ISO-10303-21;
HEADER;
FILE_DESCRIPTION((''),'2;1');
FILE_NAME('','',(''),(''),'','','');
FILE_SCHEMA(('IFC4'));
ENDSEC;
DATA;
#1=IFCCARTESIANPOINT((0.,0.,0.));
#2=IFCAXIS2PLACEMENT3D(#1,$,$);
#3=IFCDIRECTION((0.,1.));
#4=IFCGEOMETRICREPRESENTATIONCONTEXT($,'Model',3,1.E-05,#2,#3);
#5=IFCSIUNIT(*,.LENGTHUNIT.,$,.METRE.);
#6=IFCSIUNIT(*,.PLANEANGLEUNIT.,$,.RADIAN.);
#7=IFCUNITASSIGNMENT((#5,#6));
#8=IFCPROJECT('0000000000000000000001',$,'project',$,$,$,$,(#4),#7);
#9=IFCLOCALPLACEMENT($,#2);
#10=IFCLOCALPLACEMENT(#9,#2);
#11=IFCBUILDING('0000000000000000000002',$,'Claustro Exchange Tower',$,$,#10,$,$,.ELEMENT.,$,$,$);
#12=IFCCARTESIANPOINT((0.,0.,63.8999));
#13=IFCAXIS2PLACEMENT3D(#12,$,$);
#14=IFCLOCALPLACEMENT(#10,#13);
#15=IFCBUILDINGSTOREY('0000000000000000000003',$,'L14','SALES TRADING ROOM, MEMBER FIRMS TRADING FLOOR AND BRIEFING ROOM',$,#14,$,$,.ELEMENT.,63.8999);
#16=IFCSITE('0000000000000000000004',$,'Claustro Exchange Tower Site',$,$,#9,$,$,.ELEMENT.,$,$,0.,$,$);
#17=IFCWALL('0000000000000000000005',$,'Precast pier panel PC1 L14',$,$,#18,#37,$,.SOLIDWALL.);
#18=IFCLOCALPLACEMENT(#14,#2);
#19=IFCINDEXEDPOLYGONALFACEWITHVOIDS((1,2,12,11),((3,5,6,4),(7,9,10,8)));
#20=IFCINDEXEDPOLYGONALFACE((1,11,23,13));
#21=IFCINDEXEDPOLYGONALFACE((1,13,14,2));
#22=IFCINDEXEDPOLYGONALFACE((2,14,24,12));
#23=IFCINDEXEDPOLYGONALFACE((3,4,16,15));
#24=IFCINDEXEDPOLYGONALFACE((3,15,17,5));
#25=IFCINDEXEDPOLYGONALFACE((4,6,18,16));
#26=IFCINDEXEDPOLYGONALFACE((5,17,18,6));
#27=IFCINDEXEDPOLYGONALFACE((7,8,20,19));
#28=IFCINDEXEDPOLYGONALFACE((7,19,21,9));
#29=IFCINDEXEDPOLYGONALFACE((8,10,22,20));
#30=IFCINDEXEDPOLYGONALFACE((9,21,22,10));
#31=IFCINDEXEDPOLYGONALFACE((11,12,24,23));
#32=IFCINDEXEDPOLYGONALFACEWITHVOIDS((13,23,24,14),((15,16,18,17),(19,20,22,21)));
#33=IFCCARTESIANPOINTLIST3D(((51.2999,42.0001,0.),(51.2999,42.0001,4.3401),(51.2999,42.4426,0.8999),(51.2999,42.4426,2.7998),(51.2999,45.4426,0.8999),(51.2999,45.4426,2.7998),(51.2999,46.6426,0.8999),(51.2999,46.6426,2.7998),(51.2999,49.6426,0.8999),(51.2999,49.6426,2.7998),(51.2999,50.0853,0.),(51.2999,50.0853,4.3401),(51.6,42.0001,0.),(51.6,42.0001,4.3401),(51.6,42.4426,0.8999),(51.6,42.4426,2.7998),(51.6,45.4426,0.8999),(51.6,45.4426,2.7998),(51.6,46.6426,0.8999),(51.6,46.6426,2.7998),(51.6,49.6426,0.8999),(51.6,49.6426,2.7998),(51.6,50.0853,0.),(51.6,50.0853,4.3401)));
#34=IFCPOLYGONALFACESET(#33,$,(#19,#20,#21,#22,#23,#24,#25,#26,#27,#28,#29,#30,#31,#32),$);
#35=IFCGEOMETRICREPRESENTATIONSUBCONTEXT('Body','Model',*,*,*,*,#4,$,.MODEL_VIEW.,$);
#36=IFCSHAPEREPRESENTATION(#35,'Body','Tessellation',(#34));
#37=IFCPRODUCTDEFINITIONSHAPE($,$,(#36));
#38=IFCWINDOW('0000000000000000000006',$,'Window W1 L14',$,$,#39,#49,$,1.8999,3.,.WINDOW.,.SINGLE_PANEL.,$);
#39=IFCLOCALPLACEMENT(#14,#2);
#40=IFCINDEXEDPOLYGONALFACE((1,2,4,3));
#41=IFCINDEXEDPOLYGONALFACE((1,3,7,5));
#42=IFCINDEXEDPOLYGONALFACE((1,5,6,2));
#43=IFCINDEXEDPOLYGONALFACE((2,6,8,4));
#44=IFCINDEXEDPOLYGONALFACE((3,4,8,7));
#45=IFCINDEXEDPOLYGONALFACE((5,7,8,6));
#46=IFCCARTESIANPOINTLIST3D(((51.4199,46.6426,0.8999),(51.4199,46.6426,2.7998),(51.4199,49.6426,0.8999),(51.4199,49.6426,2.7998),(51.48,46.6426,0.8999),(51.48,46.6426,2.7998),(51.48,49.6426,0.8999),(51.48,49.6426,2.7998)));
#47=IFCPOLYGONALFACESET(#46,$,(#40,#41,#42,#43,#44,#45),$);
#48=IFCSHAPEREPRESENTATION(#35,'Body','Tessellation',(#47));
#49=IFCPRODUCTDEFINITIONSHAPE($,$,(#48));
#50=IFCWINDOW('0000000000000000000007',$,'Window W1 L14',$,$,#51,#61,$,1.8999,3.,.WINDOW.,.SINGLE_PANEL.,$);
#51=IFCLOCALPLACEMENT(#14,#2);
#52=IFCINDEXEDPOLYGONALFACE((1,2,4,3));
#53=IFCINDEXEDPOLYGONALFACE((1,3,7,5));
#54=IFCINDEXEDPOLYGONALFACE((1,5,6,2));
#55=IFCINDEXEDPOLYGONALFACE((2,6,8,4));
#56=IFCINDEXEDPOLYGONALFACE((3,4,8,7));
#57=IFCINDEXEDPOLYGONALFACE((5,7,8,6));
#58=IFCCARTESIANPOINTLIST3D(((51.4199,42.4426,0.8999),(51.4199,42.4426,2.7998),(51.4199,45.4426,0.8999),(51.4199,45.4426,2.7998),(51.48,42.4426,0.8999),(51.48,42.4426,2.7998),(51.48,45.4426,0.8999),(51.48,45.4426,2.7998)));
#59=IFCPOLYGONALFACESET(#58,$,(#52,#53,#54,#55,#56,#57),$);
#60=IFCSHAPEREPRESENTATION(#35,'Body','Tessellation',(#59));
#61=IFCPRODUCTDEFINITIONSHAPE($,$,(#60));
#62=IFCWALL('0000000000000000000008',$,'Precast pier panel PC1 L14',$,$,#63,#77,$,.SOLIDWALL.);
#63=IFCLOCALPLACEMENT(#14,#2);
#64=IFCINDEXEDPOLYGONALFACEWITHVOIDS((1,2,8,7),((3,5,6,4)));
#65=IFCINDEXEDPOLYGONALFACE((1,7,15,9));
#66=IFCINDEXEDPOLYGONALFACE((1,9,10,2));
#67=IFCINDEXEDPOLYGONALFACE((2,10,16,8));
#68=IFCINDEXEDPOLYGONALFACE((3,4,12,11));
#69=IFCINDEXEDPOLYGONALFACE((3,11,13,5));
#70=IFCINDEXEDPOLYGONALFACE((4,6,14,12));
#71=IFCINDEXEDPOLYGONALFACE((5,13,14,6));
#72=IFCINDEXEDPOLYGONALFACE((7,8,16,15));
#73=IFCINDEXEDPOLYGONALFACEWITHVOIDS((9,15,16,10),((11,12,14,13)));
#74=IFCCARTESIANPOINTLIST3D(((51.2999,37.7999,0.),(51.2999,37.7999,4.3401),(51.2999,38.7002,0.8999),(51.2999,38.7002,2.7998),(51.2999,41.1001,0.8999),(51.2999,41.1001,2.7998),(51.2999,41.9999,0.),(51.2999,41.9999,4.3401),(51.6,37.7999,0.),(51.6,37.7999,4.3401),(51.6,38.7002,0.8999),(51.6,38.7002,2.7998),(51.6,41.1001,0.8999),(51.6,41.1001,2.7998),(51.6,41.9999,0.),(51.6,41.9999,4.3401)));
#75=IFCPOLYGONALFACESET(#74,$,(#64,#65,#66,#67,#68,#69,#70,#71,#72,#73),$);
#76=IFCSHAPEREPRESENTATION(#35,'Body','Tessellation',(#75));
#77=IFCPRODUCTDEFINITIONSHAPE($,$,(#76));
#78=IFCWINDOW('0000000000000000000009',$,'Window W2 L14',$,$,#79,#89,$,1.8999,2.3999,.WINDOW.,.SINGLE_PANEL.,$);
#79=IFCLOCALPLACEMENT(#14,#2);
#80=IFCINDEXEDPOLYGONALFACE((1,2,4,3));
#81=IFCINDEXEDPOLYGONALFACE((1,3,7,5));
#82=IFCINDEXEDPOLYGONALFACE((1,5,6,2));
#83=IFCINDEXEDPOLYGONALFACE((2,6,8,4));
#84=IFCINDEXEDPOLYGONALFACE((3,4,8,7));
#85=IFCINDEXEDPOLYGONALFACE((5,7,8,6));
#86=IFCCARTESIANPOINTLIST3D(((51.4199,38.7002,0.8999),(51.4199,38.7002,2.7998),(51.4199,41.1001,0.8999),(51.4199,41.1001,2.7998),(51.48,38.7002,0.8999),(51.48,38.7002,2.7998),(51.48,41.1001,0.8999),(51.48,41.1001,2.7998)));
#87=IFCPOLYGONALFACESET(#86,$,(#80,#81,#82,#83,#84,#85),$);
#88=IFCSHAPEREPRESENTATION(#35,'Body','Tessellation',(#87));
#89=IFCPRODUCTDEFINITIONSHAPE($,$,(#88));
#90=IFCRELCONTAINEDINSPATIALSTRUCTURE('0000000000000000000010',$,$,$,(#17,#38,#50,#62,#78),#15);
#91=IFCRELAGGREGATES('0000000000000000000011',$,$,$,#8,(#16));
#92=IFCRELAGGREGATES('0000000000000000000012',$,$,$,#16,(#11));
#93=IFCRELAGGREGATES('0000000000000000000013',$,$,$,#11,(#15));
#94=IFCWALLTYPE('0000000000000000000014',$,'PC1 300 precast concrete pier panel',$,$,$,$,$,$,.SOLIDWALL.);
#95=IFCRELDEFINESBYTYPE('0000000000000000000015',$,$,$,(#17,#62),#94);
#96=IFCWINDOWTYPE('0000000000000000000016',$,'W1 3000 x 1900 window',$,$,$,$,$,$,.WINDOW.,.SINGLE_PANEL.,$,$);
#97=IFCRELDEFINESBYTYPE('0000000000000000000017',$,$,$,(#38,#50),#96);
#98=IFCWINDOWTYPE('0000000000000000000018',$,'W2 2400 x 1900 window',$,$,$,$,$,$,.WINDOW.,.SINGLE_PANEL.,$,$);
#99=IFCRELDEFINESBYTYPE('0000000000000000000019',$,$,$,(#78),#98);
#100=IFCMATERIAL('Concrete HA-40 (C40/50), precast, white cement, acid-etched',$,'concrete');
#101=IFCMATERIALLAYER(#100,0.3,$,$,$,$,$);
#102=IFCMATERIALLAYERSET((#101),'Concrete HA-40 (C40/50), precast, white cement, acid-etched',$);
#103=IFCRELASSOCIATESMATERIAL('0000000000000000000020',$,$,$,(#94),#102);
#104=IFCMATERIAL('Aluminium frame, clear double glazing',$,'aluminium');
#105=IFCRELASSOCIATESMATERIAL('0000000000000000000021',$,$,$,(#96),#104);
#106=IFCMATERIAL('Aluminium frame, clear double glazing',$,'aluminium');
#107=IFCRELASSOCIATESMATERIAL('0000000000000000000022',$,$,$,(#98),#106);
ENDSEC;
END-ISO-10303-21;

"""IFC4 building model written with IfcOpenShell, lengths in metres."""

from ifc_helpers import new_model, si_unit, direction, frame, frame_2d, origin, place, context, subcontext, project, spatial, rectangle, extrude, material, layer, layer_set, type_object, element, fill, save


model = new_model("IFC4")

# Units and contexts
model_context = context("Model", 3, precision=1e-05, world=origin(), true_north=direction((0.0, 1.0)))
body_context = subcontext(model_context, "Body", "Model", "MODEL_VIEW")
ifc_project = project(units=[si_unit("LENGTHUNIT", "METRE"), si_unit("PLANEANGLEUNIT", "RADIAN")], contexts=[model_context])

# Site, building, storey
site_placement = place(None, origin())
site = spatial("IfcSite", under=ifc_project, at=site_placement, Name="Claustro Exchange Tower Site", CompositionType="ELEMENT", RefElevation=0.0)
building_placement = place(site_placement, origin())
building = spatial("IfcBuilding", under=site, at=building_placement, Name="Claustro Exchange Tower", CompositionType="ELEMENT")
storey_placement = place(building_placement, frame((0.0, 0.0, 63.8999)))
storey = spatial("IfcBuildingStorey", under=building, at=storey_placement, Name="L14", Description="SALES TRADING ROOM, MEMBER FIRMS TRADING FLOOR AND BRIEFING ROOM", CompositionType="ELEMENT", Elevation=63.8999)

# Shared definitions
ifc_material_1 = material(Name="Concrete HA-40 (C40/50), precast, white cement, acid-etched", Category="concrete")
ifc_layer_1 = layer(ifc_material_1, 0.3)
ifc_layer_set_1 = layer_set([ifc_layer_1], Name="Concrete HA-40 (C40/50), precast, white cement, acid-etched")
wall_type_1 = type_object("IfcWallType", Name="PC1 300 precast concrete pier panel", PredefinedType="SOLIDWALL", material=ifc_layer_set_1)
ifc_material_2 = material(Name="Aluminium frame, clear double glazing", Category="aluminium")
window_type_1 = type_object("IfcWindowType", Name="W1 3000 x 1900 window", PartitioningType="SINGLE_PANEL", PredefinedType="WINDOW", material=ifc_material_2)

# Wall, openings, windows
wall_1_placement = place(storey_placement, frame((51.45, 50.0852, 0.0), z_axis=(0.0, 0.0, 1.0), x_axis=(0.0, -1.0, 0.0)))
wall_1 = element("IfcWall", 1, at=wall_1_placement, inside=storey, type_object=wall_type_1, Name="Precast pier panel PC1 L14", PredefinedType="SOLIDWALL", context=body_context, shape_type="SweptSolid", body=[
    extrude(rectangle(XDim=8.0852, YDim=0.3, at=frame_2d((4.0425, 0.0))), origin(), (0.0, 0.0, 1.0), 4.3401),
])
opening_1_placement = place(wall_1_placement, frame((0.4426, 0.0, 0.8999)))
opening_1 = element("IfcOpeningElement", 2, at=opening_1_placement, cuts=wall_1, PredefinedType="OPENING", context=body_context, shape_type="SweptSolid", body=[
    extrude(rectangle(XDim=3.0, YDim=1.8999, at=frame_2d((1.5, 0.95))), frame((0.0, 0.1599, 0.0), z_axis=(0.0, -1.0, 0.0), x_axis=(1.0, 0.0, 0.0)), (0.0, 0.0, 1.0), 0.3201),
])
opening_2_placement = place(wall_1_placement, frame((4.6426, 0.0, 0.8999)))
opening_2 = element("IfcOpeningElement", 3, at=opening_2_placement, cuts=wall_1, PredefinedType="OPENING", context=body_context, shape_type="SweptSolid", body=[
    extrude(rectangle(XDim=3.0, YDim=1.8999, at=frame_2d((1.5, 0.95))), frame((0.0, 0.1599, 0.0), z_axis=(0.0, -1.0, 0.0), x_axis=(1.0, 0.0, 0.0)), (0.0, 0.0, 1.0), 0.3201),
])
window_1_placement = place(opening_1_placement, origin())
window_1 = element("IfcWindow", 4, at=window_1_placement, inside=storey, type_object=window_type_1, Name="Window W1 L14", OverallHeight=1.8999, OverallWidth=3.0, PartitioningType="SINGLE_PANEL", PredefinedType="WINDOW", context=body_context, shape_type="SweptSolid", body=[
    extrude(rectangle(XDim=3.0, YDim=1.8999, at=frame_2d((1.5, 0.95))), frame((0.0, 0.03, 0.0), z_axis=(0.0, -1.0, 0.0), x_axis=(1.0, 0.0, 0.0)), (0.0, 0.0, 1.0), 0.0601),
])
fill(opening_1, window_1)
window_2_placement = place(opening_2_placement, origin())
window_2 = element("IfcWindow", 5, at=window_2_placement, inside=storey, type_object=window_type_1, Name="Window W1 L14", OverallHeight=1.8999, OverallWidth=3.0, PartitioningType="SINGLE_PANEL", PredefinedType="WINDOW", context=body_context, shape_type="SweptSolid", body=[
    extrude(rectangle(XDim=3.0, YDim=1.8999, at=frame_2d((1.5, 0.95))), frame((0.0, 0.03, 0.0), z_axis=(0.0, -1.0, 0.0), x_axis=(1.0, 0.0, 0.0)), (0.0, 0.0, 1.0), 0.0601),
])
fill(opening_2, window_2)

# Wall, opening, window
wall_2_placement = place(storey_placement, frame((51.45, 42.0, 0.0), z_axis=(0.0, 0.0, 1.0), x_axis=(0.0, -1.0, 0.0)))
wall_2 = element("IfcWall", 6, at=wall_2_placement, inside=storey, type_object=wall_type_1, Name="Precast pier panel PC1 L14", PredefinedType="SOLIDWALL", context=body_context, shape_type="SweptSolid", body=[
    extrude(rectangle(XDim=4.2, YDim=0.3, at=frame_2d((2.1001, 0.0))), origin(), (0.0, 0.0, 1.0), 4.3401),
])
opening_3_placement = place(wall_2_placement, frame((0.8999, 0.0, 0.8999)))
opening_3 = element("IfcOpeningElement", 7, at=opening_3_placement, cuts=wall_2, PredefinedType="OPENING", context=body_context, shape_type="SweptSolid", body=[
    extrude(rectangle(XDim=2.3999, YDim=1.8999, at=frame_2d((1.2, 0.95))), frame((0.0, 0.1599, 0.0), z_axis=(0.0, -1.0, 0.0), x_axis=(1.0, 0.0, 0.0)), (0.0, 0.0, 1.0), 0.3201),
])
ifc_material_3 = material(Name="Aluminium frame, clear double glazing", Category="aluminium")
window_type_2 = type_object("IfcWindowType", Name="W2 2400 x 1900 window", PartitioningType="SINGLE_PANEL", PredefinedType="WINDOW", material=ifc_material_3)
window_3_placement = place(opening_3_placement, origin())
window_3 = element("IfcWindow", 8, at=window_3_placement, inside=storey, type_object=window_type_2, Name="Window W2 L14", OverallHeight=1.8999, OverallWidth=2.3999, PartitioningType="SINGLE_PANEL", PredefinedType="WINDOW", context=body_context, shape_type="SweptSolid", body=[
    extrude(rectangle(XDim=2.3999, YDim=1.8999, at=frame_2d((1.2, 0.95))), frame((0.0, 0.03, 0.0), z_axis=(0.0, -1.0, 0.0), x_axis=(1.0, 0.0, 0.0)), (0.0, 0.0, 1.0), 0.0601),
])
fill(opening_3, window_3)

save(model, "model.ifc")
